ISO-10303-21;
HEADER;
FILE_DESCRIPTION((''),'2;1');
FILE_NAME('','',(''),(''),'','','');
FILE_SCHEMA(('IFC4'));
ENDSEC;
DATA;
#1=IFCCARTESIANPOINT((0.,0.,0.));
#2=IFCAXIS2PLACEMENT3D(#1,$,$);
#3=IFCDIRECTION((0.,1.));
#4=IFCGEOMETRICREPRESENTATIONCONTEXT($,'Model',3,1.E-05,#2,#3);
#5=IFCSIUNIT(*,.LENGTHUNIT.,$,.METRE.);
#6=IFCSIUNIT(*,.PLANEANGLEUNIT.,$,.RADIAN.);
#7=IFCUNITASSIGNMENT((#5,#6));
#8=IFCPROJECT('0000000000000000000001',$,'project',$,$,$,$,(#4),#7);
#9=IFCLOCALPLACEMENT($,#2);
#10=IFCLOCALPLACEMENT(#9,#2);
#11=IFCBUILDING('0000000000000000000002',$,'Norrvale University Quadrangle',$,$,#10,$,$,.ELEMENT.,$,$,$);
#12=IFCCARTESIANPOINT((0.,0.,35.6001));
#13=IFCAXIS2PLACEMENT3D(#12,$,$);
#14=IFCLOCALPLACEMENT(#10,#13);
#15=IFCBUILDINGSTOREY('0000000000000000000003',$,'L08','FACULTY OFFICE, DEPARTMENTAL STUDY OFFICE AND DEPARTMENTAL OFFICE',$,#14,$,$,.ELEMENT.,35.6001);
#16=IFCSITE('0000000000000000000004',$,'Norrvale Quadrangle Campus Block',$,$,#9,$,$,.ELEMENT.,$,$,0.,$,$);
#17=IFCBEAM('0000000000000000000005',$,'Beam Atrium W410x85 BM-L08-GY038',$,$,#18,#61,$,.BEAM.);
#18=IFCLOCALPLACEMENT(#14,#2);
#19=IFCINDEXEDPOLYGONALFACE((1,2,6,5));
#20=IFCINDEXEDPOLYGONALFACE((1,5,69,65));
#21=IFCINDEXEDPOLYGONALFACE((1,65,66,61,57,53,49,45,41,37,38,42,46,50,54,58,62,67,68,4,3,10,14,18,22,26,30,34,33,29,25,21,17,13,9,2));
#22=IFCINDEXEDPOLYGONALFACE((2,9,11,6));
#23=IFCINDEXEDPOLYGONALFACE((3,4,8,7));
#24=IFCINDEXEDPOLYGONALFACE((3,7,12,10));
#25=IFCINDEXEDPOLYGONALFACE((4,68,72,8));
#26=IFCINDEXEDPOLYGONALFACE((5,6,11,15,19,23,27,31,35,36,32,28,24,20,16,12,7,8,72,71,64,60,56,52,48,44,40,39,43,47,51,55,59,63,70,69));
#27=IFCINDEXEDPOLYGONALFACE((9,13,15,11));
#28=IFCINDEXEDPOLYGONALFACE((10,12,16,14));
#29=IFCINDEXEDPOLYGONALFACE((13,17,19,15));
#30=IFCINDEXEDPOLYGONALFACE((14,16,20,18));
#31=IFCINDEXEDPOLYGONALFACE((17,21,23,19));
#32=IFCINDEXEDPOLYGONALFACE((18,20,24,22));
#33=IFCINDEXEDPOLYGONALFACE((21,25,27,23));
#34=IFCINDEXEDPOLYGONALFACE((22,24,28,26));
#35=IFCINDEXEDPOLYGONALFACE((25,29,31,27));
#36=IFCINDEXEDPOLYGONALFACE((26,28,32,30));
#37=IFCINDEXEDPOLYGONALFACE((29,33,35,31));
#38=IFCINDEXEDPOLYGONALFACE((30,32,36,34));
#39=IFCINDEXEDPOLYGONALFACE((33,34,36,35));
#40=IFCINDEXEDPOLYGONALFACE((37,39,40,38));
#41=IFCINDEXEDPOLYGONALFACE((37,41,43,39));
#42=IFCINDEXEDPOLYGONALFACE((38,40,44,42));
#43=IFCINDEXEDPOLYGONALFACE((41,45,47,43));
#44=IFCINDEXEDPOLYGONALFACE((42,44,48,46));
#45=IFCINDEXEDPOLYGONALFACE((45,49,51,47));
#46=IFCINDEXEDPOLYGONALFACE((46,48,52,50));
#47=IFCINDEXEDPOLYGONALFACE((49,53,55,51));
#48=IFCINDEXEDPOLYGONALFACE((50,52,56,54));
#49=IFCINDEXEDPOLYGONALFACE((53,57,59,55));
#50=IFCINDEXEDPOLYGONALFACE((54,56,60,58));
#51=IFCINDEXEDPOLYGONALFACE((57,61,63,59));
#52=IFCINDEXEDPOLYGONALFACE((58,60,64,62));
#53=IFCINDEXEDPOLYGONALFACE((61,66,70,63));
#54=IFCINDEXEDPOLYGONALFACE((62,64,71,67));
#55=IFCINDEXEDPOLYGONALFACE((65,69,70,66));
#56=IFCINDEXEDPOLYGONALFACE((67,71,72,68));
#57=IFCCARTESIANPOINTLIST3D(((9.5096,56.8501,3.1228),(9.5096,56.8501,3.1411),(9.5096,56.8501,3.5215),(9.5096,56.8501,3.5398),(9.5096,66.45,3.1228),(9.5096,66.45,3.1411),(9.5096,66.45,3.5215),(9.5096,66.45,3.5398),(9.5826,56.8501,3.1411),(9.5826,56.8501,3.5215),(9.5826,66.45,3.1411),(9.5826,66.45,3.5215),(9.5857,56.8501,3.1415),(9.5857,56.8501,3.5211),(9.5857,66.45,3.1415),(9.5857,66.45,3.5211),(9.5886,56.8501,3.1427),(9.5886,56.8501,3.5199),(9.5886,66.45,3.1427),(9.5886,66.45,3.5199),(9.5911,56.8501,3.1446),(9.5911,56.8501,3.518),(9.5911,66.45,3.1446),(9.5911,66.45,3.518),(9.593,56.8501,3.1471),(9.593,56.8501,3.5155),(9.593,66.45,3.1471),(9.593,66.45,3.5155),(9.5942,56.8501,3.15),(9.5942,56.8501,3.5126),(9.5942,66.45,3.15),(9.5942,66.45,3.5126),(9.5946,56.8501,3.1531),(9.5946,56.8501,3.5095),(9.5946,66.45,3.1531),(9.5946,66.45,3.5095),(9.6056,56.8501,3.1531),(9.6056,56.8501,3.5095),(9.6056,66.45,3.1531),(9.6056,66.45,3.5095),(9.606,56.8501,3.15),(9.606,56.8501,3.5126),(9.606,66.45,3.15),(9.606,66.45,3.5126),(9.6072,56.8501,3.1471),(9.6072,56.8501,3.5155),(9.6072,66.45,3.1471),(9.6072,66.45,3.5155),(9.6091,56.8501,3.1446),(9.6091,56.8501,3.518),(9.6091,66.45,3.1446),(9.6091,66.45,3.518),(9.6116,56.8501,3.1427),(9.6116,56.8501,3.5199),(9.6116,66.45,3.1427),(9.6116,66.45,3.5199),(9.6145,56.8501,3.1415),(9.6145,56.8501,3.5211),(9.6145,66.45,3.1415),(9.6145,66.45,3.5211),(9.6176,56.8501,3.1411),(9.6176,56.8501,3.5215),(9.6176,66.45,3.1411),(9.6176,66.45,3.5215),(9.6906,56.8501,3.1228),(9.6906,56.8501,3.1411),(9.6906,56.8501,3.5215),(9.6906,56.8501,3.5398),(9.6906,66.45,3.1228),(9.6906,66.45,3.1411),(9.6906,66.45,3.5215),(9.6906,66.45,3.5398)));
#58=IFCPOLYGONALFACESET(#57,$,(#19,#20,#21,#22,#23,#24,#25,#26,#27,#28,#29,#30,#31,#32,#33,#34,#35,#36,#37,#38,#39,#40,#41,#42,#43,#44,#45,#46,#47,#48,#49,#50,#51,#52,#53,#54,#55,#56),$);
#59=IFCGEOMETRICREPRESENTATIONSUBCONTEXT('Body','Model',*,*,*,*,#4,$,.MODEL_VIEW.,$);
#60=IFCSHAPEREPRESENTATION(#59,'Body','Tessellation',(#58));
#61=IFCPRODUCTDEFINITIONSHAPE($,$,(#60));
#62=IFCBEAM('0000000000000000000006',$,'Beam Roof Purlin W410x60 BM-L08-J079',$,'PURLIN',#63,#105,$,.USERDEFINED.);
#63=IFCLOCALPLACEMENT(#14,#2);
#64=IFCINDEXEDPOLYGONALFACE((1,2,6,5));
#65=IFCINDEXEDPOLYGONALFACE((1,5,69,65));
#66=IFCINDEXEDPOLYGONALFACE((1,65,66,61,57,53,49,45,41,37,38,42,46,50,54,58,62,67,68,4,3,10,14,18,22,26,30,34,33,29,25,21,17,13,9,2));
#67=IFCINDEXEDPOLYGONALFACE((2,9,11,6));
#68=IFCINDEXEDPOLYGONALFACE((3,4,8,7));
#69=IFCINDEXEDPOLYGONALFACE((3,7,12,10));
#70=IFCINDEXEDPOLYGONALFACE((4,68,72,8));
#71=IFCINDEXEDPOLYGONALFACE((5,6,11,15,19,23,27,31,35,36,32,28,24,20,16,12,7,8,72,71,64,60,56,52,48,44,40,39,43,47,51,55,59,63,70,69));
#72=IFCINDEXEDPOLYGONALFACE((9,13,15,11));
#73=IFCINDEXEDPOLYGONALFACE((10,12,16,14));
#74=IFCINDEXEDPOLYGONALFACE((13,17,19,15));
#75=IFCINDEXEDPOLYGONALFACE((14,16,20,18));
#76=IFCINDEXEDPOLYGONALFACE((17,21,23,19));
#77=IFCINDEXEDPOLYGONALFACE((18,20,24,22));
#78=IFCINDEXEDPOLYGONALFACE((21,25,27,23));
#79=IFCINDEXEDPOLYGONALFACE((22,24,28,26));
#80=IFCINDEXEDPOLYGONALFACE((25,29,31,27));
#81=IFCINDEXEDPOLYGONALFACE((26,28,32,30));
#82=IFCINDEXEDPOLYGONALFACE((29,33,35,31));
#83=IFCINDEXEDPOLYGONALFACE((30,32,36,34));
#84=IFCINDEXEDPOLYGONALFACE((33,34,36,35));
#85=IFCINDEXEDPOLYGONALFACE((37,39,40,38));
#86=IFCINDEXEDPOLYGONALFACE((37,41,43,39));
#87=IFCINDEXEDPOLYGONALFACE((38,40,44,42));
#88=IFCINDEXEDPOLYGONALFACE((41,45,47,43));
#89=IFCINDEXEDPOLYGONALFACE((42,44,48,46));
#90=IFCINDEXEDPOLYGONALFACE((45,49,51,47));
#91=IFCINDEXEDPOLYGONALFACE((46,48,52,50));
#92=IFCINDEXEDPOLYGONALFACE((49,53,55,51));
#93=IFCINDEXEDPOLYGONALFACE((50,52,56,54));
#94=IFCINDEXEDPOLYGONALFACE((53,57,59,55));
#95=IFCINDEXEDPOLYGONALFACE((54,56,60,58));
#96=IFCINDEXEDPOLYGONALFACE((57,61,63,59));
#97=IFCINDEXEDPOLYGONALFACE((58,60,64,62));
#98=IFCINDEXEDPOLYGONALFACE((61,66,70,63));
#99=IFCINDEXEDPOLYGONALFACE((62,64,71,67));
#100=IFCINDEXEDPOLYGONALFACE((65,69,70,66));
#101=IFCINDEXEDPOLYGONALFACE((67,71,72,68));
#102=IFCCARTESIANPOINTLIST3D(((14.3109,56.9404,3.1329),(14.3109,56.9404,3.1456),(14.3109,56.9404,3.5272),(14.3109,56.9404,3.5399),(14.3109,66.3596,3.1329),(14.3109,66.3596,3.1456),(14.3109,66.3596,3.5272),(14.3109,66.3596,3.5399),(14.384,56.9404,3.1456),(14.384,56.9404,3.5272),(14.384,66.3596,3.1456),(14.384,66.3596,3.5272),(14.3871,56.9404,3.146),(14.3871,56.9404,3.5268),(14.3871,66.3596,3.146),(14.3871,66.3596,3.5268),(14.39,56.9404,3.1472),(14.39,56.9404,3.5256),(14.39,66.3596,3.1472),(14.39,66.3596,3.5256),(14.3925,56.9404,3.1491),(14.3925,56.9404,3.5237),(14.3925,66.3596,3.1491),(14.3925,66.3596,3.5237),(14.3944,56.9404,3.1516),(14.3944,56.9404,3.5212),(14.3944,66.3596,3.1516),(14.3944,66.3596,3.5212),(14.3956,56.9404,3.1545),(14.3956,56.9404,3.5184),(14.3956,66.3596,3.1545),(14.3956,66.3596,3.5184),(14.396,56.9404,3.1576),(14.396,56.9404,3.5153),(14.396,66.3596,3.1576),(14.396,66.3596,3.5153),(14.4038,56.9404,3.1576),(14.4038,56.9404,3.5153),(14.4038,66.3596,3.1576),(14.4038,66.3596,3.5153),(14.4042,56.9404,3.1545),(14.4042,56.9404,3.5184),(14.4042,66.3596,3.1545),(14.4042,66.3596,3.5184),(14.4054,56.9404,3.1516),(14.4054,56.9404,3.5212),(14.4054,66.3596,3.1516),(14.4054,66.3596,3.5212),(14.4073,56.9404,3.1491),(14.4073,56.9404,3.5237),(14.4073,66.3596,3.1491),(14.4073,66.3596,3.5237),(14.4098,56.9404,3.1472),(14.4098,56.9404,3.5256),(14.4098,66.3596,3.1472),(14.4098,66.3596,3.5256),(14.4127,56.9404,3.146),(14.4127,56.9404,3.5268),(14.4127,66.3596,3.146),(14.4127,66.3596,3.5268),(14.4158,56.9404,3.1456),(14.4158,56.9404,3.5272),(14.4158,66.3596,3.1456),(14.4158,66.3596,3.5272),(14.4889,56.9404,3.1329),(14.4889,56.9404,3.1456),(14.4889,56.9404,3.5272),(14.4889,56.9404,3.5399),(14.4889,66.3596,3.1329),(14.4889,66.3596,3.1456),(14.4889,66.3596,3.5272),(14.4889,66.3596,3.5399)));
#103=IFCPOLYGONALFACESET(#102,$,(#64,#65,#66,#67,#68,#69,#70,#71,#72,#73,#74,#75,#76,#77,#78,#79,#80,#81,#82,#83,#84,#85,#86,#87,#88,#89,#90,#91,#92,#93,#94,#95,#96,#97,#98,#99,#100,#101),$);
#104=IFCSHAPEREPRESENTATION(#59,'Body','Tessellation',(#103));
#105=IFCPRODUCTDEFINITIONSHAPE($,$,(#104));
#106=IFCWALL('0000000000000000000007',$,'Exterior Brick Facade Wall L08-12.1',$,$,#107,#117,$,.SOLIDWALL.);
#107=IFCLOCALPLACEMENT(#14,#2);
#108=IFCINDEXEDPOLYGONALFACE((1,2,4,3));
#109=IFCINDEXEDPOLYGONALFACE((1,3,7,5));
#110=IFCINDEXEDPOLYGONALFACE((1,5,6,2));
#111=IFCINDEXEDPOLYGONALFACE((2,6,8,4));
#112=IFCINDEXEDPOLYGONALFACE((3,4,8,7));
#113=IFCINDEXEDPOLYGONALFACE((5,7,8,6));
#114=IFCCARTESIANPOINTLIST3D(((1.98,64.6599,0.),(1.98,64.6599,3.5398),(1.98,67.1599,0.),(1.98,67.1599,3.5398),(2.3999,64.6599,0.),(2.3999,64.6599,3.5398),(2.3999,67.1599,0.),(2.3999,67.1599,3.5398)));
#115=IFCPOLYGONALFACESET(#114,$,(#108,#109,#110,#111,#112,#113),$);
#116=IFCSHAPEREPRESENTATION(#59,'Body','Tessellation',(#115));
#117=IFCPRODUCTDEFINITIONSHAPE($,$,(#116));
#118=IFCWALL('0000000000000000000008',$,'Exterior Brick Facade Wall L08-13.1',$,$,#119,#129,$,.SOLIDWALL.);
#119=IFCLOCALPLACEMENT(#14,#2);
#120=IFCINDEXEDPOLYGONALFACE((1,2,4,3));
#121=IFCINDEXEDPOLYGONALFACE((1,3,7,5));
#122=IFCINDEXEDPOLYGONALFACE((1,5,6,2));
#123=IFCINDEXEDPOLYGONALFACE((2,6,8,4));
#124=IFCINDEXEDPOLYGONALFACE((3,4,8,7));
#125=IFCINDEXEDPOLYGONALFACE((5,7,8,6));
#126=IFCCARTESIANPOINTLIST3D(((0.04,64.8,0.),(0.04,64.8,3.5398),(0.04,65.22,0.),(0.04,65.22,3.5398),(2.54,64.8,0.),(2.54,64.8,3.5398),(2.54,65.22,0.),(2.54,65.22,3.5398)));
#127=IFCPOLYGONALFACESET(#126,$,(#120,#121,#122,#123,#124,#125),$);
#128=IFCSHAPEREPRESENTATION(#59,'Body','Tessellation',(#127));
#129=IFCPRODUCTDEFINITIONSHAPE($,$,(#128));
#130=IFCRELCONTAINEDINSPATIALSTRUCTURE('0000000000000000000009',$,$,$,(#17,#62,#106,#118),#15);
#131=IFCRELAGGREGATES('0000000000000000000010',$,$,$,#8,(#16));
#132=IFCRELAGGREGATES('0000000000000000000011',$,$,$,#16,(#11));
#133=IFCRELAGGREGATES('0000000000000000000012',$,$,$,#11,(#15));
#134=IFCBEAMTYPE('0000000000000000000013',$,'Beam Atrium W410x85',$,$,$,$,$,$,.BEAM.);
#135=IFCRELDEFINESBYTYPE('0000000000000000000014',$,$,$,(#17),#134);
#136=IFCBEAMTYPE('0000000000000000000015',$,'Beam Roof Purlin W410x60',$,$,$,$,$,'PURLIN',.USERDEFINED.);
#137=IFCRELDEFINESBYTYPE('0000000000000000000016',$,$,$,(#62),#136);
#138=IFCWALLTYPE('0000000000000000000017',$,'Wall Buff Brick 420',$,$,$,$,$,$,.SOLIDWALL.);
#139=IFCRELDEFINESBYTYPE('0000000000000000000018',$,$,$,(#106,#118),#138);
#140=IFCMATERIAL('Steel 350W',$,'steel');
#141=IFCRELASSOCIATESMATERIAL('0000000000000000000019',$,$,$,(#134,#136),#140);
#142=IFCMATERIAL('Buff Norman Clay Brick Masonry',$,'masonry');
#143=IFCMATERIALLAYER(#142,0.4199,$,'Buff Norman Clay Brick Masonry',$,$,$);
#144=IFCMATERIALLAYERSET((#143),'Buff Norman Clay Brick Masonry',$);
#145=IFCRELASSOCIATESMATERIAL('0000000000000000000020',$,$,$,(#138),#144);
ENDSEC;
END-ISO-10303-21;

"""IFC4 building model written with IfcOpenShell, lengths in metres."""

from ifc_helpers import new_model, si_unit, direction, frame, frame_2d, origin, origin_2d, place, context, subcontext, project, spatial, rectangle, i_section, extrude, material, layer, layer_set, material_profile, profile_set, type_object, element, save


model = new_model("IFC4")

# Units and contexts
model_context = context("Model", 3, precision=1e-05, world=origin(), true_north=direction((0.0, 1.0)))
body_context = subcontext(model_context, "Body", "Model", "MODEL_VIEW")
ifc_project = project(units=[si_unit("LENGTHUNIT", "METRE"), si_unit("PLANEANGLEUNIT", "RADIAN")], contexts=[model_context])

# Site, building, storey
site_placement = place(None, origin())
site = spatial("IfcSite", under=ifc_project, at=site_placement, Name="Norrvale Quadrangle Campus Block", CompositionType="ELEMENT", RefElevation=0.0)
building_placement = place(site_placement, origin())
building = spatial("IfcBuilding", under=site, at=building_placement, Name="Norrvale University Quadrangle", CompositionType="ELEMENT")
storey_placement = place(building_placement, frame((0.0, 0.0, 35.6001)))
storey = spatial("IfcBuildingStorey", under=building, at=storey_placement, Name="L08", Description="FACULTY OFFICE, DEPARTMENTAL STUDY OFFICE AND DEPARTMENTAL OFFICE", CompositionType="ELEMENT", Elevation=35.6001)

# Beams
ifc_material_1 = material(Name="Steel 350W", Category="steel")
ifc_material_profile_1 = material_profile(ifc_material_1, i_section(OverallWidth=0.1809, OverallDepth=0.417, WebThickness=0.011, FlangeThickness=0.0183, FilletRadius=0.012, at=origin_2d()), Name="Steel 350W")
ifc_profile_set_1 = profile_set([ifc_material_profile_1], Name="Steel 350W")
beam_type_1 = type_object("IfcBeamType", Name="Beam Atrium W410x85", PredefinedType="BEAM", material=ifc_profile_set_1)
for number, where, z_axis, x_axis, name in (
    (1, (9.6001, 56.8501, 3.3313), (0.0, 1.0, 0.0), (-1.0, 0.0, 0.0), "Beam Atrium W410x85 BM-L08-GY038"),
):
    element("IfcBeam", number, at=place(storey_placement, frame(where, z_axis=z_axis, x_axis=x_axis)), inside=storey, type_object=beam_type_1, Name=name, PredefinedType="BEAM", context=body_context, shape_type="SweptSolid", body=[
        extrude(i_section(OverallWidth=0.1809, OverallDepth=0.417, WebThickness=0.011, FlangeThickness=0.0183, FilletRadius=0.012, at=origin_2d()), origin(), (0.0, 0.0, 1.0), 9.5999),
    ])
ifc_material_profile_2 = material_profile(ifc_material_1, i_section(OverallWidth=0.178, OverallDepth=0.407, WebThickness=0.0078, FlangeThickness=0.0127, FilletRadius=0.012, at=origin_2d()), Name="Steel 350W")
ifc_profile_set_2 = profile_set([ifc_material_profile_2], Name="Steel 350W")
beam_type_2 = type_object("IfcBeamType", Name="Beam Roof Purlin W410x60", ElementType="PURLIN", PredefinedType="USERDEFINED", material=ifc_profile_set_2)
beam_1_placement = place(storey_placement, frame((14.3999, 56.9404, 3.3364), z_axis=(0.0, 1.0, 0.0), x_axis=(-1.0, 0.0, 0.0)))
element("IfcBeam", 2, at=beam_1_placement, inside=storey, type_object=beam_type_2, Name="Beam Roof Purlin W410x60 BM-L08-J079", ObjectType="PURLIN", PredefinedType="USERDEFINED", context=body_context, shape_type="SweptSolid", body=[
    extrude(i_section(OverallWidth=0.178, OverallDepth=0.407, WebThickness=0.0078, FlangeThickness=0.0127, FilletRadius=0.012, at=origin_2d()), origin(), (0.0, 0.0, 1.0), 9.4192),
])

# Walls
ifc_material_2 = material(Name="Buff Norman Clay Brick Masonry", Category="masonry")
ifc_layer = layer(ifc_material_2, 0.4199, Name="Buff Norman Clay Brick Masonry")
ifc_layer_set = layer_set([ifc_layer], Name="Buff Norman Clay Brick Masonry")
wall_type = type_object("IfcWallType", Name="Wall Buff Brick 420", PredefinedType="SOLIDWALL", material=ifc_layer_set)
for number, where, z_axis, x_axis, name in (
    (3, (2.1899, 67.1599, 0.0), (0.0, 0.0, 1.0), (0.0, -1.0, 0.0), "Exterior Brick Facade Wall L08-12.1"),
    (4, (2.54, 65.01, 0.0), (0.0, 0.0, 1.0), (-1.0, 0.0, 0.0), "Exterior Brick Facade Wall L08-13.1"),
):
    element("IfcWall", number, at=place(storey_placement, frame(where, z_axis=z_axis, x_axis=x_axis)), inside=storey, type_object=wall_type, Name=name, PredefinedType="SOLIDWALL", context=body_context, shape_type="SweptSolid", body=[
        extrude(rectangle(XDim=2.5, YDim=0.4199, at=frame_2d((1.25, 0.0))), origin(), (0.0, 0.0, 1.0), 3.5398),
    ])

save(model, "model.ifc")
